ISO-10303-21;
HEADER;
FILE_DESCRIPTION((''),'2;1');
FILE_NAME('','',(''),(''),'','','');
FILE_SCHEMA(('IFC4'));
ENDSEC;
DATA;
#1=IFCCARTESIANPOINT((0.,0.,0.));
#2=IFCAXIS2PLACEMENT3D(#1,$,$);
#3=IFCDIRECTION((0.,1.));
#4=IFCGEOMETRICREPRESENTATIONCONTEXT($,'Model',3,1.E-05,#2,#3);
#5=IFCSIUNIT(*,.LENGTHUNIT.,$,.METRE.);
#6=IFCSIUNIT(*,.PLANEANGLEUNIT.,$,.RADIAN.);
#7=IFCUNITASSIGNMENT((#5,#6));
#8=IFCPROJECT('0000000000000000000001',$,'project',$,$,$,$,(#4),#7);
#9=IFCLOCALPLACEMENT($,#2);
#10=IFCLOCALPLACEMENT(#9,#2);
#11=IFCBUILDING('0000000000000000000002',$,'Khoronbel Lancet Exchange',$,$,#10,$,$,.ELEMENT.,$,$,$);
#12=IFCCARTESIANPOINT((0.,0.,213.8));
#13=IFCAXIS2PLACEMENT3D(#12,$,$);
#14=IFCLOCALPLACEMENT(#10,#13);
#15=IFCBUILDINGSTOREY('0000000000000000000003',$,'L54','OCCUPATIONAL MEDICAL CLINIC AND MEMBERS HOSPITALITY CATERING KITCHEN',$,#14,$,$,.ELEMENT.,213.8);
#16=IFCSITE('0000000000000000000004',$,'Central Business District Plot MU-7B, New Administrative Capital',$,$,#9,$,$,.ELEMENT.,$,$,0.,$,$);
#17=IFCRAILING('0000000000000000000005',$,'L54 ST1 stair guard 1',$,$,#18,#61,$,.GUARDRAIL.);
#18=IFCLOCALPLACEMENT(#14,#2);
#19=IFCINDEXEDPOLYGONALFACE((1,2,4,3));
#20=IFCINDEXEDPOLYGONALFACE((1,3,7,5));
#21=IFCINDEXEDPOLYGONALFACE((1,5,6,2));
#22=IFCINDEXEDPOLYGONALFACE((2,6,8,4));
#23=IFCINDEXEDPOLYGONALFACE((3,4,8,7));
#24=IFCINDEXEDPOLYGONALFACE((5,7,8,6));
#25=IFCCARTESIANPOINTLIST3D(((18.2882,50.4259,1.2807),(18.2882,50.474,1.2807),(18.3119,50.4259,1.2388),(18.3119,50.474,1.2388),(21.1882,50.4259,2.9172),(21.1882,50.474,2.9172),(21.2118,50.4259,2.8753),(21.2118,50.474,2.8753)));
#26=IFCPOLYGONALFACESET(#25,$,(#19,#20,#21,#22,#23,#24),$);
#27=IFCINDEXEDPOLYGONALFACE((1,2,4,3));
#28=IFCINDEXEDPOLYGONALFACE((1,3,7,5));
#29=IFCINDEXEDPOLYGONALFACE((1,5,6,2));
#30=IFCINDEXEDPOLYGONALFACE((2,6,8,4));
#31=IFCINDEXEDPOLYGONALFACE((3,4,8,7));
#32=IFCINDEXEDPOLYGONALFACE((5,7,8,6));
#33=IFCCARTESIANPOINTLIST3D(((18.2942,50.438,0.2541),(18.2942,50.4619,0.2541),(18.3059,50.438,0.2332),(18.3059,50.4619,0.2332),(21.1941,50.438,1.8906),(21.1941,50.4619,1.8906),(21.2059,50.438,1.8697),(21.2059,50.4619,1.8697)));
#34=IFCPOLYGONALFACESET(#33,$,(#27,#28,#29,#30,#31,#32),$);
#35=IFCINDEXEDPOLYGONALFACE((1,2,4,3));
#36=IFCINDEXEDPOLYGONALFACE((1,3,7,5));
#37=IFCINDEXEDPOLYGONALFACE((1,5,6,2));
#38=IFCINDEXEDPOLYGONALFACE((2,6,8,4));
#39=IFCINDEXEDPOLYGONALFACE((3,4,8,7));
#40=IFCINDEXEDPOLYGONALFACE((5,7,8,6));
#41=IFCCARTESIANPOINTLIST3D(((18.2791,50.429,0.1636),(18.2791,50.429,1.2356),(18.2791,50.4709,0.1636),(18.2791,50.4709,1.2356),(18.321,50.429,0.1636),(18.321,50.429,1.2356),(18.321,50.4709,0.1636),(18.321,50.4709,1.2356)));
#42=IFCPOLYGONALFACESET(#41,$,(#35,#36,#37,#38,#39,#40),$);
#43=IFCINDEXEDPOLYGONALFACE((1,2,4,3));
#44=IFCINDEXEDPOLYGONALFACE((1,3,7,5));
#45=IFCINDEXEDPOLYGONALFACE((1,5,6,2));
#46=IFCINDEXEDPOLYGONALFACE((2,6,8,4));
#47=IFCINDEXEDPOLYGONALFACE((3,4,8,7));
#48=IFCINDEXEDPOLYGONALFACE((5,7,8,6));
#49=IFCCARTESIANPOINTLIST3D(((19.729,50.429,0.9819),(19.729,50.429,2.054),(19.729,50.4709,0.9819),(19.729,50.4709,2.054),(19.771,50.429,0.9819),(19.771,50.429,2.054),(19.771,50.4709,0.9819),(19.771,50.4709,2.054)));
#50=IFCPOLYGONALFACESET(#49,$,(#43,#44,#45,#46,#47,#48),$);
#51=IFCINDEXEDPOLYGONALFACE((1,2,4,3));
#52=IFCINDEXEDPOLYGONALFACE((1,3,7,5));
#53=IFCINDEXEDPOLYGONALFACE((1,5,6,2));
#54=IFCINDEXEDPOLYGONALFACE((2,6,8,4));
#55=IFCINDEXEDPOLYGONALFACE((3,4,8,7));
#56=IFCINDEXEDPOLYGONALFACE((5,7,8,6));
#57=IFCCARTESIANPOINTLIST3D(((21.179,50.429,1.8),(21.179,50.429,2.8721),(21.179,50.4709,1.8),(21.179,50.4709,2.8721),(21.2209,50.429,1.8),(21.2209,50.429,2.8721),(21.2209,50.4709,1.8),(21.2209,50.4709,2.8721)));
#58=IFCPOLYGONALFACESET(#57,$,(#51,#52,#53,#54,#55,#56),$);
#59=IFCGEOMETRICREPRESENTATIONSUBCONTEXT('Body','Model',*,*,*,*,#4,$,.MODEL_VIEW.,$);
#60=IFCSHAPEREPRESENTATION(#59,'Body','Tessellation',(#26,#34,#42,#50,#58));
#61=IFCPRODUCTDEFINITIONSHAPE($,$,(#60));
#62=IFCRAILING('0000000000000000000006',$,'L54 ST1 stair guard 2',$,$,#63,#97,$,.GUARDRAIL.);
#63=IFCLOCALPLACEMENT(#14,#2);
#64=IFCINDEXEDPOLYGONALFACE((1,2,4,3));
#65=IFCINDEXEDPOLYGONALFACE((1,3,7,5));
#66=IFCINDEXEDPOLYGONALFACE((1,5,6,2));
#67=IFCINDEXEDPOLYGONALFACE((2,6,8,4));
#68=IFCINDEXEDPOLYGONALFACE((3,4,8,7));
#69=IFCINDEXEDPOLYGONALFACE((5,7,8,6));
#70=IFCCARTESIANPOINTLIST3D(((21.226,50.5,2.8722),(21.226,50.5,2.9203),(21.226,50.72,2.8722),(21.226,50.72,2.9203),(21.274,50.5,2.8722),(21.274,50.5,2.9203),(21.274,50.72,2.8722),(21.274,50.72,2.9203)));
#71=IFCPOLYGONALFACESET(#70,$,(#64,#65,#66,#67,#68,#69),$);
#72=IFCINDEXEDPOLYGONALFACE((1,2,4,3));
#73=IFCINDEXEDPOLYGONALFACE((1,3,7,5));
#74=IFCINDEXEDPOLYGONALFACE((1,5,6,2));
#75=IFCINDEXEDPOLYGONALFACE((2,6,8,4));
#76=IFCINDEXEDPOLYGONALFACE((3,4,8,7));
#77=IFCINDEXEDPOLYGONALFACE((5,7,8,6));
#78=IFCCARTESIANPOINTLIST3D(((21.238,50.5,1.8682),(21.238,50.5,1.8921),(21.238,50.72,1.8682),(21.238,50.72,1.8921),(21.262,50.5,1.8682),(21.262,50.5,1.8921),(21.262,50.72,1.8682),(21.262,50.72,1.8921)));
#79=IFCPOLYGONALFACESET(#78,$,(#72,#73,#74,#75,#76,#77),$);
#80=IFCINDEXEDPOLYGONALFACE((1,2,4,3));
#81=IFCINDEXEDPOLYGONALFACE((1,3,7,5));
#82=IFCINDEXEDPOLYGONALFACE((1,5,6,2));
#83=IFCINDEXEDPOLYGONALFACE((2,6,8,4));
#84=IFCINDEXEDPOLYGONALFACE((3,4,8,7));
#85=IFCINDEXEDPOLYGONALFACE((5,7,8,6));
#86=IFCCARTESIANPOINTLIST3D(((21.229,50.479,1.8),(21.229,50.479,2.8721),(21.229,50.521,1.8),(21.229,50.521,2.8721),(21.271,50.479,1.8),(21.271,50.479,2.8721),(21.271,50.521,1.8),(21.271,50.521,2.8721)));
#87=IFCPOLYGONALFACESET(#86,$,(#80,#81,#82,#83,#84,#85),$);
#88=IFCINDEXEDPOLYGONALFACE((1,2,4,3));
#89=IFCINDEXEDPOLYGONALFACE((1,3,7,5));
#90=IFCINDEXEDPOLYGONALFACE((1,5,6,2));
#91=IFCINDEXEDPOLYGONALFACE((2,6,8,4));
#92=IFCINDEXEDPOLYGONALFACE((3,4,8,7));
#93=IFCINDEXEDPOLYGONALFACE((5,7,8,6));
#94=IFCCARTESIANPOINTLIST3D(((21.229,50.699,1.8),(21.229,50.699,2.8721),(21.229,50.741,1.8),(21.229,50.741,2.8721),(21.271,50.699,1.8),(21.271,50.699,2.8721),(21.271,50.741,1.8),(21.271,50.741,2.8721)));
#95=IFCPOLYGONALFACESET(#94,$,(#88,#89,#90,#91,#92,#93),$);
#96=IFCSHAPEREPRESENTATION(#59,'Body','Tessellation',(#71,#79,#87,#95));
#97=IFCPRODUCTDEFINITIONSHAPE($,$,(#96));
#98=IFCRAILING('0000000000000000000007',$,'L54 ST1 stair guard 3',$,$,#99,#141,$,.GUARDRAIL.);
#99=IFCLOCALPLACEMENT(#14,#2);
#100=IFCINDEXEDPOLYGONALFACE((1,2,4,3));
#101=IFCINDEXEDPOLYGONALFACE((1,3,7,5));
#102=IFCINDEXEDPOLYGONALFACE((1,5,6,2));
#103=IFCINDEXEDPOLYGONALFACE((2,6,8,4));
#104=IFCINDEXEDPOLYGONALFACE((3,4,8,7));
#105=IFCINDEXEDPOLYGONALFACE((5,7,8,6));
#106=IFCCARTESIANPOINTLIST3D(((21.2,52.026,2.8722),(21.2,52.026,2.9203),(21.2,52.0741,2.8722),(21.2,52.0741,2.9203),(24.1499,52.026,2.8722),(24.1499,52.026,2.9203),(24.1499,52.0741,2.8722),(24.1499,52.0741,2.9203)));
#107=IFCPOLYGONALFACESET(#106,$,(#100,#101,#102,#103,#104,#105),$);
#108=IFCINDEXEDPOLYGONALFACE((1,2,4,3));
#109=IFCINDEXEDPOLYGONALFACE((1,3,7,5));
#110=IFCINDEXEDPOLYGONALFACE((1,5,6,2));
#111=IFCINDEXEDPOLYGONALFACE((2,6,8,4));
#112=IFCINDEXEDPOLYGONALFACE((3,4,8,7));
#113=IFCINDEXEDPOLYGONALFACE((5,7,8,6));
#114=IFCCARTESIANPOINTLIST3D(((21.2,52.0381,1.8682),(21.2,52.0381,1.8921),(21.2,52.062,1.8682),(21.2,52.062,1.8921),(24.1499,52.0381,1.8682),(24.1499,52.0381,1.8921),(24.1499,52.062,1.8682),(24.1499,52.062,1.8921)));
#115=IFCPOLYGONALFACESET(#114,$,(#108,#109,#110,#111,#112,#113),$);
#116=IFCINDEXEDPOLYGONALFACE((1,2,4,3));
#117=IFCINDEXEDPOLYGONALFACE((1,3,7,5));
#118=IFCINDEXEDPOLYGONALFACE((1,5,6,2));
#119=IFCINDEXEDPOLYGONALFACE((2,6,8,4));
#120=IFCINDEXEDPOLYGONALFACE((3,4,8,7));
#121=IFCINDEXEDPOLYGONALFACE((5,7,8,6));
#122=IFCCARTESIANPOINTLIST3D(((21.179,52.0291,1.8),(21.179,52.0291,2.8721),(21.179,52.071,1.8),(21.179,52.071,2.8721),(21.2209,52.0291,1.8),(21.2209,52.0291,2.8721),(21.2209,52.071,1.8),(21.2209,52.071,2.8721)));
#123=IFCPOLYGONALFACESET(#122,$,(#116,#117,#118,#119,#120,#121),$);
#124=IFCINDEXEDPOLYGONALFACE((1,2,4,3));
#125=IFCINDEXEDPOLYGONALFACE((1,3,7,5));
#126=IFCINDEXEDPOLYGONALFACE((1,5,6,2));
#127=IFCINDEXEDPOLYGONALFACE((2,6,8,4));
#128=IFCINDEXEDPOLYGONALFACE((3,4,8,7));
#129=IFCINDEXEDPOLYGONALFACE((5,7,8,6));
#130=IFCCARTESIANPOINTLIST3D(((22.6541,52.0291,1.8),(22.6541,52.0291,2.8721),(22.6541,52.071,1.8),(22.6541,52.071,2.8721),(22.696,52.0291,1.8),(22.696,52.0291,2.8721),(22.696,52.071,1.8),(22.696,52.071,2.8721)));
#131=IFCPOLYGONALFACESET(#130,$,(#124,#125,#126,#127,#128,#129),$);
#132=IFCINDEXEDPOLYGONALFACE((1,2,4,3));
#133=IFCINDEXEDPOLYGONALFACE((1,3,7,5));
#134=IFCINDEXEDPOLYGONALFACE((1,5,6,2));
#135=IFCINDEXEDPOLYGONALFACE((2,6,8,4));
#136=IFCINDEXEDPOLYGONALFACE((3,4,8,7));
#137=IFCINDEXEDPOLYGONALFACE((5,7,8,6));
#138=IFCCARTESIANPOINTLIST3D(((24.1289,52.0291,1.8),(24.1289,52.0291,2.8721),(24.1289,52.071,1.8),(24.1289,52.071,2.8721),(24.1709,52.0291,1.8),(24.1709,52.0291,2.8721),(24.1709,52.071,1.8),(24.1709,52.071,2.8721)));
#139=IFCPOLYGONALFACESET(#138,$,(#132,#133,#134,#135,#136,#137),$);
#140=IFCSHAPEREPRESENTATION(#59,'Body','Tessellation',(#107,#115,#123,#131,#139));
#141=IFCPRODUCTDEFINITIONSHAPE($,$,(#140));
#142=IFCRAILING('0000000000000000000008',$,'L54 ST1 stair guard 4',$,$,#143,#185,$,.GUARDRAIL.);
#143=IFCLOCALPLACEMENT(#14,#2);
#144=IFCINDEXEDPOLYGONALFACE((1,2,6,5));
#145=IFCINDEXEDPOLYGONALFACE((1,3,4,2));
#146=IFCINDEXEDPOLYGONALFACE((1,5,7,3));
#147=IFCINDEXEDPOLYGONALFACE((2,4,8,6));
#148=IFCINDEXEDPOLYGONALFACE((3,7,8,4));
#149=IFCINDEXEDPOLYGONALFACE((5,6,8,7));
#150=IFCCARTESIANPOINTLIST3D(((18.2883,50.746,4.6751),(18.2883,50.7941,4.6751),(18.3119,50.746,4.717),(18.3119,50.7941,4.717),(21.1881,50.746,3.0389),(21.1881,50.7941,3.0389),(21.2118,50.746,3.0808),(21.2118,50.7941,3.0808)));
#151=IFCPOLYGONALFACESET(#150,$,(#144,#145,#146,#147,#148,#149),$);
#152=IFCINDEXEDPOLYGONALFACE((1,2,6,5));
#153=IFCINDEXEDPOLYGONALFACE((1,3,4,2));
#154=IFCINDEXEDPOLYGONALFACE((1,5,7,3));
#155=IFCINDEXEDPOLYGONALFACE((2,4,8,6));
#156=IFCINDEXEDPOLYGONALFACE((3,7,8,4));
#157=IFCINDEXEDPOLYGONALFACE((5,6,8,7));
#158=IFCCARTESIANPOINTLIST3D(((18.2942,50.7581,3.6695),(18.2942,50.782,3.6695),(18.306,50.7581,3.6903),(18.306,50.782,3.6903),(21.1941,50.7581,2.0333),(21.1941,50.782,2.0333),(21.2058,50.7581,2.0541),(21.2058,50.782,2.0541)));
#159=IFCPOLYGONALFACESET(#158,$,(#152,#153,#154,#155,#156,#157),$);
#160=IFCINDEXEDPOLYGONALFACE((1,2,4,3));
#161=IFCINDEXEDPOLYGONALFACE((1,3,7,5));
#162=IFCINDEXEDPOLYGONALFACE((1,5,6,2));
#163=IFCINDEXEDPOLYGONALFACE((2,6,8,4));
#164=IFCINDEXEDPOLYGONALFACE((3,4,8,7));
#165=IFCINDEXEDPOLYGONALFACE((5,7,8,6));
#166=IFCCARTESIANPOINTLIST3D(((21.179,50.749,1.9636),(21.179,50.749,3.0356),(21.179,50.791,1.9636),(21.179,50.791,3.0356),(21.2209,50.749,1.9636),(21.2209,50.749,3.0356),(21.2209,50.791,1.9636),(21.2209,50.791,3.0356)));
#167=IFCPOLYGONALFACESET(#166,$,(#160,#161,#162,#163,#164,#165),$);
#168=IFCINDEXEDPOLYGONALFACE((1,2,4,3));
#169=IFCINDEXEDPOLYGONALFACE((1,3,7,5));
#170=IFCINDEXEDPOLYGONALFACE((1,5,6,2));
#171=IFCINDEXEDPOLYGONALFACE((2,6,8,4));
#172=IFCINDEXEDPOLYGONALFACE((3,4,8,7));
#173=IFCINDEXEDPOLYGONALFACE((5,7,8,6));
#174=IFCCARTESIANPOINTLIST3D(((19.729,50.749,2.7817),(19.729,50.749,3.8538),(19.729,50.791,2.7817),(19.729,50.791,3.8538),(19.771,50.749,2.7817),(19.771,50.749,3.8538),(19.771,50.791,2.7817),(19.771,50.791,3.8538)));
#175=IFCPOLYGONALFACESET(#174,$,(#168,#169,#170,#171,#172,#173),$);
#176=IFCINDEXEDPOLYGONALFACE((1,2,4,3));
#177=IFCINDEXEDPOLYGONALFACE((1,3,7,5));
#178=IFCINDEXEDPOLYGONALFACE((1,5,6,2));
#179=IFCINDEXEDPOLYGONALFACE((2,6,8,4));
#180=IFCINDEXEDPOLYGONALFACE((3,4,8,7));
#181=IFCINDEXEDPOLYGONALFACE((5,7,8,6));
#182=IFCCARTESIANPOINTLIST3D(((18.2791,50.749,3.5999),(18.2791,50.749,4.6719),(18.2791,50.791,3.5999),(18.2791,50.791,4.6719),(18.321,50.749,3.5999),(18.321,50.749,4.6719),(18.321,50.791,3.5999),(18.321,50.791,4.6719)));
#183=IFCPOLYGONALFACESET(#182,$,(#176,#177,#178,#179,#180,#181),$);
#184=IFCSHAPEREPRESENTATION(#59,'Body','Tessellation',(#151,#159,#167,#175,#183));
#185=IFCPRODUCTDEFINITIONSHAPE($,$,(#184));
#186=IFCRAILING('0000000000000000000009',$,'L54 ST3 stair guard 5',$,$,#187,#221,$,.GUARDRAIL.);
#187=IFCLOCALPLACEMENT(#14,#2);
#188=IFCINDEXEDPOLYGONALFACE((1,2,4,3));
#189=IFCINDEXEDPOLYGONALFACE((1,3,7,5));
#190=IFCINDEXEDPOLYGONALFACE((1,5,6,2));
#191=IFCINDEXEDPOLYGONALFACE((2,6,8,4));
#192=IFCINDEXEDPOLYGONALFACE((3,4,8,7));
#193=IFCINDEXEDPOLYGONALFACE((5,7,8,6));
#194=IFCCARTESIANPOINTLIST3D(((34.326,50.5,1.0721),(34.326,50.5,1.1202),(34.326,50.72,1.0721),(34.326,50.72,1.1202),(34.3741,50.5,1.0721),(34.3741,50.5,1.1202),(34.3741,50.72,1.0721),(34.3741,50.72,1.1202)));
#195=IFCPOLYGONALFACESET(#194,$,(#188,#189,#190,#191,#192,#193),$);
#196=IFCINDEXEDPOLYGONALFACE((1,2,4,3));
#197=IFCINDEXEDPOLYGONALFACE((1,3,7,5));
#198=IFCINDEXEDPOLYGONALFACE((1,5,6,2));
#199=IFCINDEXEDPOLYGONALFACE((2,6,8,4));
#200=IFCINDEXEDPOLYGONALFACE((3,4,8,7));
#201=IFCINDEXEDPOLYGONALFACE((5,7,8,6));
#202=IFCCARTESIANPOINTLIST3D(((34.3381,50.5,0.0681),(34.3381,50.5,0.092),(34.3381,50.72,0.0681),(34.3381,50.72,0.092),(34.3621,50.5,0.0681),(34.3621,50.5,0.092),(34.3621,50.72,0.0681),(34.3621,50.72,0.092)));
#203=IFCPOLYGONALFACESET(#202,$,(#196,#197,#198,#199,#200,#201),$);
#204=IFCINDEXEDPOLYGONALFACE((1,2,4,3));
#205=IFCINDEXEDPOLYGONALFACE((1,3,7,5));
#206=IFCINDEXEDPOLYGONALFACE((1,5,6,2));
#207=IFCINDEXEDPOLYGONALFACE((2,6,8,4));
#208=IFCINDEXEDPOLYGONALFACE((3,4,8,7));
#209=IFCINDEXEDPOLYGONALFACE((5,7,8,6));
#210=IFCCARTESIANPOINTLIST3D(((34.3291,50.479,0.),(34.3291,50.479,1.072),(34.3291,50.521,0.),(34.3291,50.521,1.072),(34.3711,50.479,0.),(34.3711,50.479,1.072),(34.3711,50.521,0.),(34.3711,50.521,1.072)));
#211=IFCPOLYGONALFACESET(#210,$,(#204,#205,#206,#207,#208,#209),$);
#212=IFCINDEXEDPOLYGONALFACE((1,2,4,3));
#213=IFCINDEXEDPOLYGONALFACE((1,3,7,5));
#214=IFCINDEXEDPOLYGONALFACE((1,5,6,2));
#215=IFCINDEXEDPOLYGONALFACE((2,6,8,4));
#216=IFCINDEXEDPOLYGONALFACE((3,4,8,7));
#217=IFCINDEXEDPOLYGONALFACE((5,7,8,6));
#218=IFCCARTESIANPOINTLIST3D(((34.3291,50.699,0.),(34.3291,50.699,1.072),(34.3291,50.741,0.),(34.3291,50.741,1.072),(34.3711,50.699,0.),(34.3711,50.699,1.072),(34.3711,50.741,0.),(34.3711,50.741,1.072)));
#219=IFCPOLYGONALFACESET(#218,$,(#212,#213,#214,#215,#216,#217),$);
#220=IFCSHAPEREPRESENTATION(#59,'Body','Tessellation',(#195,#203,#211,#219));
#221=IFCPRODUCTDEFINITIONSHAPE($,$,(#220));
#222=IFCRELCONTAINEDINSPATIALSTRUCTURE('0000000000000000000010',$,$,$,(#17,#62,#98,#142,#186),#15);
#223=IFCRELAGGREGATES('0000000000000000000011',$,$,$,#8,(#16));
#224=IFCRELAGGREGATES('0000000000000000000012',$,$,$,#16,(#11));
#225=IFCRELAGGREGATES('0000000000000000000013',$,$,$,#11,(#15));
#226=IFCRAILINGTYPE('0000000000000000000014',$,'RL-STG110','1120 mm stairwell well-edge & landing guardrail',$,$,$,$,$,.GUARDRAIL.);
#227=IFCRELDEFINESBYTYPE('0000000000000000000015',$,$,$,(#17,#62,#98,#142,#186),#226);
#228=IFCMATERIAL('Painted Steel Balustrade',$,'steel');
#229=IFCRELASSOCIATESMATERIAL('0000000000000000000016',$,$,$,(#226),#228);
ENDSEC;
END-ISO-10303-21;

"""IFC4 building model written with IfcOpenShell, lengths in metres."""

from ifc_helpers import new_model, si_unit, direction, frame, origin, origin_2d, place, context, subcontext, project, spatial, rectangle, extrude, material, type_object, element, save


model = new_model("IFC4")

# Units and contexts
model_context = context("Model", 3, precision=1e-05, world=origin(), true_north=direction((0.0, 1.0)))
body_context = subcontext(model_context, "Body", "Model", "MODEL_VIEW")
ifc_project = project(units=[si_unit("LENGTHUNIT", "METRE"), si_unit("PLANEANGLEUNIT", "RADIAN")], contexts=[model_context])

# Site, building, storey
site_placement = place(None, origin())
site = spatial("IfcSite", under=ifc_project, at=site_placement, Name="Central Business District Plot MU-7B, New Administrative Capital", CompositionType="ELEMENT", RefElevation=0.0)
building_placement = place(site_placement, origin())
building = spatial("IfcBuilding", under=site, at=building_placement, Name="Khoronbel Lancet Exchange", CompositionType="ELEMENT")
storey_placement = place(building_placement, frame((0.0, 0.0, 213.8)))
storey = spatial("IfcBuildingStorey", under=building, at=storey_placement, Name="L54", Description="OCCUPATIONAL MEDICAL CLINIC AND MEMBERS HOSPITALITY CATERING KITCHEN", CompositionType="ELEMENT", Elevation=213.8)

# Railings
ifc_material_1 = material(Name="Painted Steel Balustrade", Category="steel")
railing_type_1 = type_object("IfcRailingType", Name="RL-STG110", Description="1120 mm stairwell well-edge & landing guardrail", PredefinedType="GUARDRAIL", material=ifc_material_1)
railing_1_placement = place(storey_placement, frame((18.3, 50.45, 0.1636)))
element("IfcRailing", 1, at=railing_1_placement, inside=storey, type_object=railing_type_1, Name="L54 ST1 stair guard 1", PredefinedType="GUARDRAIL", context=body_context, shape_type="SweptSolid", body=[
    extrude(rectangle(XDim=0.0481, YDim=0.0481, at=origin_2d()), frame((0.0, 0.0, 1.0962), z_axis=(0.870897, 0.0, 0.491465), x_axis=(0.0, 1.0, 0.0)), (0.0, 0.0, 1.0), 3.3298),
    extrude(rectangle(XDim=0.0239, YDim=0.0239, at=origin_2d()), frame((0.0, 0.0, 0.0801), z_axis=(0.870897, 0.0, 0.491465), x_axis=(0.0, 1.0, 0.0)), (0.0, 0.0, 1.0), 3.3298),
    extrude(rectangle(XDim=0.042, YDim=0.042, at=origin_2d()), origin(), (0.0, 0.0, 1.0), 1.072),
    extrude(rectangle(XDim=0.042, YDim=0.042, at=origin_2d()), frame((1.45, 0.0, 0.8184)), (0.0, 0.0, 1.0), 1.072),
    extrude(rectangle(XDim=0.042, YDim=0.042, at=origin_2d()), frame((2.8999, 0.0, 1.6365)), (0.0, 0.0, 1.0), 1.072),
])
railing_2_placement = place(storey_placement, frame((21.25, 50.5, 1.8)))
element("IfcRailing", 2, at=railing_2_placement, inside=storey, type_object=railing_type_1, Name="L54 ST1 stair guard 2", PredefinedType="GUARDRAIL", context=body_context, shape_type="SweptSolid", body=[
    extrude(rectangle(XDim=0.0481, YDim=0.0481, at=origin_2d()), frame((0.0, 0.0, 1.0962), z_axis=(0.0, 1.0, 0.0), x_axis=(-1.0, 0.0, 0.0)), (0.0, 0.0, 1.0), 0.22),
    extrude(rectangle(XDim=0.0239, YDim=0.0239, at=origin_2d()), frame((0.0, 0.0, 0.0801), z_axis=(0.0, 1.0, 0.0), x_axis=(-1.0, 0.0, 0.0)), (0.0, 0.0, 1.0), 0.22),
    extrude(rectangle(XDim=0.042, YDim=0.042, at=origin_2d()), origin(), (0.0, 0.0, 1.0), 1.072),
    extrude(rectangle(XDim=0.042, YDim=0.042, at=origin_2d()), frame((0.0, 0.22, 0.0)), (0.0, 0.0, 1.0), 1.072),
])
railing_3_placement = place(storey_placement, frame((21.2, 52.05, 1.8)))
element("IfcRailing", 3, at=railing_3_placement, inside=storey, type_object=railing_type_1, Name="L54 ST1 stair guard 3", PredefinedType="GUARDRAIL", context=body_context, shape_type="SweptSolid", body=[
    extrude(rectangle(XDim=0.0481, YDim=0.0481, at=origin_2d()), frame((0.0, 0.0, 1.0962), z_axis=(1.0, 0.0, 0.0), x_axis=(0.0, 1.0, 0.0)), (0.0, 0.0, 1.0), 2.95),
    extrude(rectangle(XDim=0.0239, YDim=0.0239, at=origin_2d()), frame((0.0, 0.0, 0.0801), z_axis=(1.0, 0.0, 0.0), x_axis=(0.0, 1.0, 0.0)), (0.0, 0.0, 1.0), 2.95),
    extrude(rectangle(XDim=0.042, YDim=0.042, at=origin_2d()), origin(), (0.0, 0.0, 1.0), 1.072),
    extrude(rectangle(XDim=0.042, YDim=0.042, at=origin_2d()), frame((1.4751, 0.0, 0.0)), (0.0, 0.0, 1.0), 1.072),
    extrude(rectangle(XDim=0.042, YDim=0.042, at=origin_2d()), frame((2.95, 0.0, 0.0)), (0.0, 0.0, 1.0), 1.072),
])
railing_4_placement = place(storey_placement, frame((21.2, 50.77, 1.9636)))
element("IfcRailing", 4, at=railing_4_placement, inside=storey, type_object=railing_type_1, Name="L54 ST1 stair guard 4", PredefinedType="GUARDRAIL", context=body_context, shape_type="SweptSolid", body=[
    extrude(rectangle(XDim=0.0481, YDim=0.0481, at=origin_2d()), frame((0.0, 0.0, 1.0962), z_axis=(-0.870929, 0.0, 0.49141), x_axis=(0.0, -1.0, 0.0)), (0.0, 0.0, 1.0), 3.3296),
    extrude(rectangle(XDim=0.0239, YDim=0.0239, at=origin_2d()), frame((0.0, 0.0, 0.0801), z_axis=(-0.870929, 0.0, 0.49141), x_axis=(0.0, -1.0, 0.0)), (0.0, 0.0, 1.0), 3.3296),
    extrude(rectangle(XDim=0.042, YDim=0.042, at=origin_2d()), origin(), (0.0, 0.0, 1.0), 1.072),
    extrude(rectangle(XDim=0.042, YDim=0.042, at=origin_2d()), frame((-1.45, 0.0, 0.8181)), (0.0, 0.0, 1.0), 1.072),
    extrude(rectangle(XDim=0.042, YDim=0.042, at=origin_2d()), frame((-2.8999, 0.0, 1.6362)), (0.0, 0.0, 1.0), 1.072),
])
railing_5_placement = place(storey_placement, frame((34.3501, 50.5, 0.0)))
element("IfcRailing", 5, at=railing_5_placement, inside=storey, type_object=railing_type_1, Name="L54 ST3 stair guard 5", PredefinedType="GUARDRAIL", context=body_context, shape_type="SweptSolid", body=[
    extrude(rectangle(XDim=0.0481, YDim=0.0481, at=origin_2d()), frame((0.0, 0.0, 1.0962), z_axis=(0.0, 1.0, 0.0), x_axis=(-1.0, 0.0, 0.0)), (0.0, 0.0, 1.0), 0.22),
    extrude(rectangle(XDim=0.0239, YDim=0.0239, at=origin_2d()), frame((0.0, 0.0, 0.0801), z_axis=(0.0, 1.0, 0.0), x_axis=(-1.0, 0.0, 0.0)), (0.0, 0.0, 1.0), 0.22),
    extrude(rectangle(XDim=0.042, YDim=0.042, at=origin_2d()), origin(), (0.0, 0.0, 1.0), 1.072),
    extrude(rectangle(XDim=0.042, YDim=0.042, at=origin_2d()), frame((0.0, 0.22, 0.0)), (0.0, 0.0, 1.0), 1.072),
])

save(model, "model.ifc")
